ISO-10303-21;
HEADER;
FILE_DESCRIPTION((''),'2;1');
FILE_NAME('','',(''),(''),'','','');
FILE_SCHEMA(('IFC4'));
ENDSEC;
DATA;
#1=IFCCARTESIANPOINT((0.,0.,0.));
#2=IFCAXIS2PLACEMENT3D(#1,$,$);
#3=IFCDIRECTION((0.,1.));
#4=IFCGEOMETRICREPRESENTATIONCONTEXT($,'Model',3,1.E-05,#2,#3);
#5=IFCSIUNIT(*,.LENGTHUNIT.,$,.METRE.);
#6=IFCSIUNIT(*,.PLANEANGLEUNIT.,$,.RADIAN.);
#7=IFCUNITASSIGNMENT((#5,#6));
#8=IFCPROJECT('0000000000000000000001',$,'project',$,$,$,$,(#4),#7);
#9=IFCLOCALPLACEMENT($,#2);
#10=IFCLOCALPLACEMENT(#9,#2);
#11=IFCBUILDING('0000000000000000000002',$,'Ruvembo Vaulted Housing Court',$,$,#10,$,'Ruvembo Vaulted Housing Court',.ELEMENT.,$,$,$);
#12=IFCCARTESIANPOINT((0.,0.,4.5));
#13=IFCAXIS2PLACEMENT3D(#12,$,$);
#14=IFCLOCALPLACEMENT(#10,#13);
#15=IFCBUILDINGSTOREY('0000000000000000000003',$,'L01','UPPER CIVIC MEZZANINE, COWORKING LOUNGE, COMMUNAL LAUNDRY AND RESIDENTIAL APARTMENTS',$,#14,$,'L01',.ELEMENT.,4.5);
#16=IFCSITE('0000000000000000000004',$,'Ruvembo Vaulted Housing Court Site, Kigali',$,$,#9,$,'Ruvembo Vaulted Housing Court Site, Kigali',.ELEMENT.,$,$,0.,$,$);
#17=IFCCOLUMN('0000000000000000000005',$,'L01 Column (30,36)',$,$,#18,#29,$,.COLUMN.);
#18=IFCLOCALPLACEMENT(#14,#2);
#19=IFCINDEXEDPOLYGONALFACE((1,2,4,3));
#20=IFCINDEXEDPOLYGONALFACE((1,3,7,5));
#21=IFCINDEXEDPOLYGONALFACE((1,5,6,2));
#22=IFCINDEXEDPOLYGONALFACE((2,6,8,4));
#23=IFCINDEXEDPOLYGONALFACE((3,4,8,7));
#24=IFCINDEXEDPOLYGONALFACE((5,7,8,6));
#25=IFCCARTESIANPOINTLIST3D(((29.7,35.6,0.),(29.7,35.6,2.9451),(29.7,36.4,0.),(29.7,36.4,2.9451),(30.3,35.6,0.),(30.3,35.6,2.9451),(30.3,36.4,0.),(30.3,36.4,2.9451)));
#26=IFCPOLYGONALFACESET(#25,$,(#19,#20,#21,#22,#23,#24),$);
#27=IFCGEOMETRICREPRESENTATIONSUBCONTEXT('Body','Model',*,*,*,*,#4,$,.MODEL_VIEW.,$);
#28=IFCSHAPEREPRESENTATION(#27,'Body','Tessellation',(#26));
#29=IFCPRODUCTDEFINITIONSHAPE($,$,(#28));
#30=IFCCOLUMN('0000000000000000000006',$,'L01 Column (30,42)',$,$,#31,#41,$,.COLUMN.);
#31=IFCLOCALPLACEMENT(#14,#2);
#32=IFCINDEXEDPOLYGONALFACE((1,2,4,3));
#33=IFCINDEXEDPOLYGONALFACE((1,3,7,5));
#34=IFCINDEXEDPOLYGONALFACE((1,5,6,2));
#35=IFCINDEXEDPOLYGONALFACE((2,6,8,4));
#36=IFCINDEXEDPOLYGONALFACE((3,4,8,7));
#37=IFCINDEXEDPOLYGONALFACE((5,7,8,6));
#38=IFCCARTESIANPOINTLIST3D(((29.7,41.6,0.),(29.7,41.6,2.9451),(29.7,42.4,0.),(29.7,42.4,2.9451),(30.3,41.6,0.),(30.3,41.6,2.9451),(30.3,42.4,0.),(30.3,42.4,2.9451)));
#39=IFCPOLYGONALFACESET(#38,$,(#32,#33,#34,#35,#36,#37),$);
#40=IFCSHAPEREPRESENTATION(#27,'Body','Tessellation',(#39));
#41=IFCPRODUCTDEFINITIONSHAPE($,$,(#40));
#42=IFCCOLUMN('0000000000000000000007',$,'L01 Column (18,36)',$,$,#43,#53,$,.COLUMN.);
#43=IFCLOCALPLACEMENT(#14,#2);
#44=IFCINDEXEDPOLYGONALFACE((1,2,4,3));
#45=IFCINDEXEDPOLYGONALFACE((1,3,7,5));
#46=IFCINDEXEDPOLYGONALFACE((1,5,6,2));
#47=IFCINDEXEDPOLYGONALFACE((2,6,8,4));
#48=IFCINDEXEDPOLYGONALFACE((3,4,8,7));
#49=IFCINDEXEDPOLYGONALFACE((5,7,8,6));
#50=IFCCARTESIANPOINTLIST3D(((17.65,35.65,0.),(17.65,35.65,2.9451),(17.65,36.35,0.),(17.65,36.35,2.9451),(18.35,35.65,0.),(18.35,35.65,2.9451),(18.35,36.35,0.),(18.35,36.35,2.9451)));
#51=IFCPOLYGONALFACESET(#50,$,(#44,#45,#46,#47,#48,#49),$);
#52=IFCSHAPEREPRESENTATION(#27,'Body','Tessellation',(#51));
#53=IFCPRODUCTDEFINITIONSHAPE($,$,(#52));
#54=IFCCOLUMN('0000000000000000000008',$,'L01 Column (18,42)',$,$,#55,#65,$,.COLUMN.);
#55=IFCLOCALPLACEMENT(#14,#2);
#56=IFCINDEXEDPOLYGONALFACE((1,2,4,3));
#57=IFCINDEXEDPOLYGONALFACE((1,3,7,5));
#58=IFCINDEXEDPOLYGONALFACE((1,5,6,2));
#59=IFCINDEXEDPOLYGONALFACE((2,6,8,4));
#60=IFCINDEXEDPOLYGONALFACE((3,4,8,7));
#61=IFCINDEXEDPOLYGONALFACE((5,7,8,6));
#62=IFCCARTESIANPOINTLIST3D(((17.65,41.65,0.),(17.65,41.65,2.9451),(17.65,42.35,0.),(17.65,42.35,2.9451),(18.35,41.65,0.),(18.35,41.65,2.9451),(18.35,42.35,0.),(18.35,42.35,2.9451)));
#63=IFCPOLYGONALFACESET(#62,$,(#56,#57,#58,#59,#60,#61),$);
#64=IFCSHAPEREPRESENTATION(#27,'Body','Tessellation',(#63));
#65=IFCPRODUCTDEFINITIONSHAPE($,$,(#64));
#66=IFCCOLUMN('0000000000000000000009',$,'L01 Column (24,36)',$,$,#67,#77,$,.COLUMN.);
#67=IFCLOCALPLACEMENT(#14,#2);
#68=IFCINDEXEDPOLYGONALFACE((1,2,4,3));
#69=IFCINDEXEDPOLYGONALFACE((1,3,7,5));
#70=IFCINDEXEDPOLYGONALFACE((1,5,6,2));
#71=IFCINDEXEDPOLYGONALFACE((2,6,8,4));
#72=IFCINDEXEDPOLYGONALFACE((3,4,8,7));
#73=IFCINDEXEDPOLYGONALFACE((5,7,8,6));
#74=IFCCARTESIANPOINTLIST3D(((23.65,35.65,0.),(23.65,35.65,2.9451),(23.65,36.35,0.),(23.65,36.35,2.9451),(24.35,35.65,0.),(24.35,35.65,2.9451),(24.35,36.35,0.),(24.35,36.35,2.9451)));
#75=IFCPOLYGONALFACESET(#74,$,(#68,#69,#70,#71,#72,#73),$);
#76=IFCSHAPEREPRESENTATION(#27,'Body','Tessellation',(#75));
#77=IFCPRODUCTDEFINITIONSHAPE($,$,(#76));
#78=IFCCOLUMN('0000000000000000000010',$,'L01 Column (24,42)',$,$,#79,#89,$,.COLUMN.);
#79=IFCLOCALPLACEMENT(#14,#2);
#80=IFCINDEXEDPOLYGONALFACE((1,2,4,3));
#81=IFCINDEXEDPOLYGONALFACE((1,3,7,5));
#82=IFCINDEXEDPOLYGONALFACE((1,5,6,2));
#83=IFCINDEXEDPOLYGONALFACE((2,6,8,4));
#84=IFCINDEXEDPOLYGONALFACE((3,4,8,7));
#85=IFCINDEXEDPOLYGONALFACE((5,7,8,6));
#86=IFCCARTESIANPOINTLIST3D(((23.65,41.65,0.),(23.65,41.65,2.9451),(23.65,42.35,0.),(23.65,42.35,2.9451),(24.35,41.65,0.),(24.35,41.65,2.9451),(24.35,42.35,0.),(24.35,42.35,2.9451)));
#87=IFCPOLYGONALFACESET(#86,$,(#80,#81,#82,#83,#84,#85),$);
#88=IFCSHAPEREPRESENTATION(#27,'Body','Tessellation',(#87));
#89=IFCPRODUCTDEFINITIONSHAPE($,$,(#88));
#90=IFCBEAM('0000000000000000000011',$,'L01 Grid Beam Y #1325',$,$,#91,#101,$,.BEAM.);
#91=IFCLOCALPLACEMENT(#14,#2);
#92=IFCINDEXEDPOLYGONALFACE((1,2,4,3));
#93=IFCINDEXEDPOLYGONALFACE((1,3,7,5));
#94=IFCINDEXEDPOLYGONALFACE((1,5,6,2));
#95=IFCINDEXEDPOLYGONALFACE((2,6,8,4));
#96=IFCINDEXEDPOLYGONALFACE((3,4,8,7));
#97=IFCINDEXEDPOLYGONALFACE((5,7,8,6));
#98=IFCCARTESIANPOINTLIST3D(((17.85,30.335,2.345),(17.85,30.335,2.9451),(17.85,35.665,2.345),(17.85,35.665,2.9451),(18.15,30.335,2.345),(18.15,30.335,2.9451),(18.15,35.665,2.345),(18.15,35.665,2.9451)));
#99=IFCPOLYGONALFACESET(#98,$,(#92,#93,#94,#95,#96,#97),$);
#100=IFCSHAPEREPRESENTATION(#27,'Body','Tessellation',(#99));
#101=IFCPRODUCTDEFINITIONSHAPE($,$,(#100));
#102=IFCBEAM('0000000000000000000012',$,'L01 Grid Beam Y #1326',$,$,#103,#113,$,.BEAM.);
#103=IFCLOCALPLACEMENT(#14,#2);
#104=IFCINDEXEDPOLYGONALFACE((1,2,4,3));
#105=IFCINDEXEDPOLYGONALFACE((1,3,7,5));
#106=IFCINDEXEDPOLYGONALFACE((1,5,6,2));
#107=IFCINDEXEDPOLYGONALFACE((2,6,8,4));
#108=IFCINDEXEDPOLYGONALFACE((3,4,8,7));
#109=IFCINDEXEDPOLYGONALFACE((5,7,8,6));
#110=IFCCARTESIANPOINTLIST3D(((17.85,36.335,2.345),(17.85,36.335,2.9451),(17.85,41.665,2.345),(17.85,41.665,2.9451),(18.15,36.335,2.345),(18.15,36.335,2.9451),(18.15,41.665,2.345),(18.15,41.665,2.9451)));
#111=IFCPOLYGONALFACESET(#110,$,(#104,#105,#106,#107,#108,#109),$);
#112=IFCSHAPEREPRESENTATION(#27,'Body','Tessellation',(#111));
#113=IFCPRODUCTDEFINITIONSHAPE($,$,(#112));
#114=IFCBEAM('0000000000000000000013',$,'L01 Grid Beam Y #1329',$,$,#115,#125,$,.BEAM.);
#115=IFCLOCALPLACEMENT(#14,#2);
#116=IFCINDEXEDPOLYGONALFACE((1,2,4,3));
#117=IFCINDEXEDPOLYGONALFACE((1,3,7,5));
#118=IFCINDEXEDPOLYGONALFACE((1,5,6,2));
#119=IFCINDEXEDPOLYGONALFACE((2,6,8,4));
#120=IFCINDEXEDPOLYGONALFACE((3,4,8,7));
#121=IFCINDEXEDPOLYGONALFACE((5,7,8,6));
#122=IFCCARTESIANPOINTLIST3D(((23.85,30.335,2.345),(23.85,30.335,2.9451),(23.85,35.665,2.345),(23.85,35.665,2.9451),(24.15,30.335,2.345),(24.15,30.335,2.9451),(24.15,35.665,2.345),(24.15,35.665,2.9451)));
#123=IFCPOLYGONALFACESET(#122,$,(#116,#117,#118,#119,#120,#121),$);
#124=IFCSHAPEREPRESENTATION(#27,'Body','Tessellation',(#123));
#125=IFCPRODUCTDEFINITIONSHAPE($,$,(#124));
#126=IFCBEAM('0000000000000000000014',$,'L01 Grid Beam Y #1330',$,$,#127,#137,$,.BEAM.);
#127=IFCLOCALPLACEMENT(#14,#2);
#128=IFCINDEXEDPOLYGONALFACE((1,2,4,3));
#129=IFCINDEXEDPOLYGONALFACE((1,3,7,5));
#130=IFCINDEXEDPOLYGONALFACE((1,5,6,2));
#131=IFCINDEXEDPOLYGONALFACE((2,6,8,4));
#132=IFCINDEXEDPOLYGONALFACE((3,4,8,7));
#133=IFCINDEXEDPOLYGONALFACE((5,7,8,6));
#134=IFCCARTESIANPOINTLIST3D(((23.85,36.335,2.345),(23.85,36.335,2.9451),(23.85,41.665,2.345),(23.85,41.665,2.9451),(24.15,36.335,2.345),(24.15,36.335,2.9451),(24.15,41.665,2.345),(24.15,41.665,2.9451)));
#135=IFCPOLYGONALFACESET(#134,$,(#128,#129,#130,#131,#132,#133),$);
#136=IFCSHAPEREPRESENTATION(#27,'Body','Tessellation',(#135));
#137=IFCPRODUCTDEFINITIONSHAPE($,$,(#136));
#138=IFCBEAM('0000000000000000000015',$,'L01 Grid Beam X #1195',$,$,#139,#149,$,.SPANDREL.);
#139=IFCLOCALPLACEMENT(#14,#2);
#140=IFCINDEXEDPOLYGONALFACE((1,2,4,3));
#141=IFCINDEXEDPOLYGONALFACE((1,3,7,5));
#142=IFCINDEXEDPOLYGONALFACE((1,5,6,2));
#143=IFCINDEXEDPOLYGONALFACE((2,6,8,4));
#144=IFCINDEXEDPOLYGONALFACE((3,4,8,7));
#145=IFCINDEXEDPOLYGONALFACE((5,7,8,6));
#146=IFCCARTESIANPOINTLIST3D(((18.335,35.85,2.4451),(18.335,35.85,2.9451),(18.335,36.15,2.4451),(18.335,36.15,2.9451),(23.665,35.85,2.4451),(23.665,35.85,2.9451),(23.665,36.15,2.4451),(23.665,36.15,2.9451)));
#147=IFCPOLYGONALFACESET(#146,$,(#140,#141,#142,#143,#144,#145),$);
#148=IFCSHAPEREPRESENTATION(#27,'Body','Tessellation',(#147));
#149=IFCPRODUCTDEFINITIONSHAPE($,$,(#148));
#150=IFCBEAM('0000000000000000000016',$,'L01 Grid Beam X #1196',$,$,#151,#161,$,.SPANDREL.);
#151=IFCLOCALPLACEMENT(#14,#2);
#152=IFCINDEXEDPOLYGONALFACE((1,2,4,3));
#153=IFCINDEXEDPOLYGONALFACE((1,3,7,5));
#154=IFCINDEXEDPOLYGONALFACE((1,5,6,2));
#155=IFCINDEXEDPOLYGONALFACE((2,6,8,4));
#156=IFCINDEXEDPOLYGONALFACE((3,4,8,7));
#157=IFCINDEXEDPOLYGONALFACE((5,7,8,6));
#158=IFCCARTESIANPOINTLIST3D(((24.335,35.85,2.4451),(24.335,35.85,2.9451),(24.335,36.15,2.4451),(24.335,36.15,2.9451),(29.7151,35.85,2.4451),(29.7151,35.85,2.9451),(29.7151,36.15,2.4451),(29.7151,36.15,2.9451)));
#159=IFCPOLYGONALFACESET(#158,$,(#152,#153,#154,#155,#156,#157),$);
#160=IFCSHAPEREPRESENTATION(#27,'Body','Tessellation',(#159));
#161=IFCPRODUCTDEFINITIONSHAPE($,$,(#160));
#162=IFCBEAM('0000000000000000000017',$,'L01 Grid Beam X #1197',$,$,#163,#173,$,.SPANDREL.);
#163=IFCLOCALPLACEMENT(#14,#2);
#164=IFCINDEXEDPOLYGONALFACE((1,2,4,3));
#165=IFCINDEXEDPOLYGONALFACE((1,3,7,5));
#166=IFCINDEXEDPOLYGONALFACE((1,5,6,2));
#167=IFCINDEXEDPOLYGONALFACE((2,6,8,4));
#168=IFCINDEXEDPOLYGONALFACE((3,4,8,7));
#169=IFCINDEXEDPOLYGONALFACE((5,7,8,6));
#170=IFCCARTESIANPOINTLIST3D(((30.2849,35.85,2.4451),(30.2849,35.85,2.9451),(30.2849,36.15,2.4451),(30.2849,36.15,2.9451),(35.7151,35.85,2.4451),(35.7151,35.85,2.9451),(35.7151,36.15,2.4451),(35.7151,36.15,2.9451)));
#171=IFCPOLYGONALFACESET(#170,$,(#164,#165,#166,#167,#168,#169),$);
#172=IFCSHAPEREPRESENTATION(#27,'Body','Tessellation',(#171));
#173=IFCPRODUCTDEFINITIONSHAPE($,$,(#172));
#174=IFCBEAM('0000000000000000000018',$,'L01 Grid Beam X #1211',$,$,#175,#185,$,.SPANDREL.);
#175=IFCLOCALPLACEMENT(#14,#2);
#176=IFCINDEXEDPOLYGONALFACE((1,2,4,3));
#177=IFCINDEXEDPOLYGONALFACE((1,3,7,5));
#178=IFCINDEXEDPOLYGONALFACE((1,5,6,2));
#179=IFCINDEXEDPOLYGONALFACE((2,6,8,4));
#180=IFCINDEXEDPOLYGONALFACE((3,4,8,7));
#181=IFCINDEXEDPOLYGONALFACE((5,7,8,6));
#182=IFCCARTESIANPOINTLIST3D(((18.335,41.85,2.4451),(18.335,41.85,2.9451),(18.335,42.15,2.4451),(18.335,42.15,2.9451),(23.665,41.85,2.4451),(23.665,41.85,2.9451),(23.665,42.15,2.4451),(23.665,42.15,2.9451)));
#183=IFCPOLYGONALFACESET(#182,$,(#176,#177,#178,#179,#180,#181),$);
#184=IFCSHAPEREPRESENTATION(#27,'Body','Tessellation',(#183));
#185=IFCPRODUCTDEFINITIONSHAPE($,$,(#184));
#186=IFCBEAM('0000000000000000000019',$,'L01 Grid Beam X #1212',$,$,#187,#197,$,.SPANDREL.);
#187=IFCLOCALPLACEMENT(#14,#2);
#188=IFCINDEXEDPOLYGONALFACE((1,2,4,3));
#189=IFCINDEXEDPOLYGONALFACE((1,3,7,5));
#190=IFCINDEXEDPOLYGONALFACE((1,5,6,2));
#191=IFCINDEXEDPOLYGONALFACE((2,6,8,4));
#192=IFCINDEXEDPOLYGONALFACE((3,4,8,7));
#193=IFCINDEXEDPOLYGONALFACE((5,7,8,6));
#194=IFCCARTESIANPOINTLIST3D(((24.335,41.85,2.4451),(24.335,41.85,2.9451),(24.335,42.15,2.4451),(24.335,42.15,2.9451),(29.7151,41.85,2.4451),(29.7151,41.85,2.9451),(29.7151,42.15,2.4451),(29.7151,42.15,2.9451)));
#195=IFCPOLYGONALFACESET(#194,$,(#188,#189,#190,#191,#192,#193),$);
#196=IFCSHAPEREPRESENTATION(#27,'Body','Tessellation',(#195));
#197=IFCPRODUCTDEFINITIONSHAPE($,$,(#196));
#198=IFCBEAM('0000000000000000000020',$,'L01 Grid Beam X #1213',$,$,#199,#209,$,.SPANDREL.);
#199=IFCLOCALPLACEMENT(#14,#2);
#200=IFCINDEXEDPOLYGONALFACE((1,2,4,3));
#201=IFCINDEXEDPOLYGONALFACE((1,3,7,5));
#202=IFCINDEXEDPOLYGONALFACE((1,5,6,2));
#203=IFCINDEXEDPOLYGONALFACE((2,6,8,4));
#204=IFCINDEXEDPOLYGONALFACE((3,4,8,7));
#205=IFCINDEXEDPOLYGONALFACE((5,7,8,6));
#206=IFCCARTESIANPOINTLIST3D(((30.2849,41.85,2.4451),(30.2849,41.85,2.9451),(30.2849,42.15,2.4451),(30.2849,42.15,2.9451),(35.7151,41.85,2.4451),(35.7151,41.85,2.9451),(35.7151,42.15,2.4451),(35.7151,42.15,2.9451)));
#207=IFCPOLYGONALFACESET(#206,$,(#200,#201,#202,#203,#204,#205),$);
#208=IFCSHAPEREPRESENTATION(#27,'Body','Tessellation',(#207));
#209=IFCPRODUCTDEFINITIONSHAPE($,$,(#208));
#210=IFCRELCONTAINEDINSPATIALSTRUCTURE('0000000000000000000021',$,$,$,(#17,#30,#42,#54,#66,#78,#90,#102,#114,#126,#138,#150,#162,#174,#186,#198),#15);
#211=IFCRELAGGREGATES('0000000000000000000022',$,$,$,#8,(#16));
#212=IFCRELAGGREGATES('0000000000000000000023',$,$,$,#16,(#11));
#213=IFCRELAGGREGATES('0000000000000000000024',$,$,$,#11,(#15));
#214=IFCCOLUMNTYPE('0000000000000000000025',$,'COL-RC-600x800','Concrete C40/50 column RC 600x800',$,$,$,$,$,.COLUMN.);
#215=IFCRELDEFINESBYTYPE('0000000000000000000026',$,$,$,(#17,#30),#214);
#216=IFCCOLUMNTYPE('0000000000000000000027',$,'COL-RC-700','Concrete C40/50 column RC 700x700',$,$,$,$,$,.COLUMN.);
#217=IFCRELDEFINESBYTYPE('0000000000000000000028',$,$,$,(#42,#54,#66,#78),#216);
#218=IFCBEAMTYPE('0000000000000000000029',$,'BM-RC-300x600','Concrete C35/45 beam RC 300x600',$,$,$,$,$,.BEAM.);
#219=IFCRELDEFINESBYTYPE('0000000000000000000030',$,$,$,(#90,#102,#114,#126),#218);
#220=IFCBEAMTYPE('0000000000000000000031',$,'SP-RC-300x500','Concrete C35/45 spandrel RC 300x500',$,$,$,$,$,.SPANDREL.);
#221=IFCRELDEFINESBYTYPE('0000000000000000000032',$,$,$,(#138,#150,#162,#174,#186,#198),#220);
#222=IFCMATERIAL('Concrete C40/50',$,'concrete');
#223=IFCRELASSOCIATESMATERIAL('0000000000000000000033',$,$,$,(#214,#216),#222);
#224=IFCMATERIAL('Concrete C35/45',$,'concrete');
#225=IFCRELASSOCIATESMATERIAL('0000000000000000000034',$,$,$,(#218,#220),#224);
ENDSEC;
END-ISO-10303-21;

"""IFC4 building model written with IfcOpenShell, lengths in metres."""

from ifc_helpers import new_model, si_unit, direction, frame, origin, origin_2d, place, context, subcontext, project, spatial, rectangle, extrude, material, material_profile, profile_set, type_object, element, save


model = new_model("IFC4")

# Units and contexts
model_context = context("Model", 3, precision=1e-05, world=origin(), true_north=direction((0.0, 1.0)))
body_context = subcontext(model_context, "Body", "Model", "MODEL_VIEW")
ifc_project = project(units=[si_unit("LENGTHUNIT", "METRE"), si_unit("PLANEANGLEUNIT", "RADIAN")], contexts=[model_context])

# Site, building, storey
site_placement = place(None, origin())
site = spatial("IfcSite", under=ifc_project, at=site_placement, Name="Ruvembo Vaulted Housing Court Site, Kigali", LongName="Ruvembo Vaulted Housing Court Site, Kigali", CompositionType="ELEMENT", RefElevation=0.0)
building_placement = place(site_placement, origin())
building = spatial("IfcBuilding", under=site, at=building_placement, Name="Ruvembo Vaulted Housing Court", LongName="Ruvembo Vaulted Housing Court", CompositionType="ELEMENT")
storey_placement = place(building_placement, frame((0.0, 0.0, 4.5)))
storey = spatial("IfcBuildingStorey", under=building, at=storey_placement, Name="L01", Description="UPPER CIVIC MEZZANINE, COWORKING LOUNGE, COMMUNAL LAUNDRY AND RESIDENTIAL APARTMENTS", LongName="L01", CompositionType="ELEMENT", Elevation=4.5)

# Columns
ifc_material_1 = material(Name="Concrete C40/50", Category="concrete")
ifc_material_profile_1 = material_profile(ifc_material_1, rectangle(XDim=0.6001, YDim=0.8, at=origin_2d()), Name="RC 600x800")
ifc_profile_set_1 = profile_set([ifc_material_profile_1], Name="Concrete C40/50")
column_type_1 = type_object("IfcColumnType", Name="COL-RC-600x800", Description="Concrete C40/50 column RC 600x800", PredefinedType="COLUMN", material=ifc_profile_set_1)
for number, where, z_axis, x_axis, name in (
    (1, (30.0, 36.0, 0.0), (0.0, 0.0, 1.0), (1.0, 0.0, 0.0), "L01 Column (30,36)"),
    (2, (30.0, 42.0, 0.0), (0.0, 0.0, 1.0), (1.0, 0.0, 0.0), "L01 Column (30,42)"),
):
    element("IfcColumn", number, at=place(storey_placement, frame(where, z_axis=z_axis, x_axis=x_axis)), inside=storey, type_object=column_type_1, Name=name, PredefinedType="COLUMN", context=body_context, shape_type="SweptSolid", body=[
        extrude(rectangle(XDim=0.6001, YDim=0.8, at=origin_2d()), origin(), (0.0, 0.0, 1.0), 2.9451),
    ])
ifc_material_profile_2 = material_profile(ifc_material_1, rectangle(XDim=0.7, YDim=0.7, at=origin_2d()), Name="RC 700x700")
ifc_profile_set_2 = profile_set([ifc_material_profile_2], Name="Concrete C40/50")
column_type_2 = type_object("IfcColumnType", Name="COL-RC-700", Description="Concrete C40/50 column RC 700x700", PredefinedType="COLUMN", material=ifc_profile_set_2)
for number, where, z_axis, x_axis, name in (
    (3, (18.0, 36.0, 0.0), (0.0, 0.0, 1.0), (1.0, 0.0, 0.0), "L01 Column (18,36)"),
    (4, (18.0, 42.0, 0.0), (0.0, 0.0, 1.0), (1.0, 0.0, 0.0), "L01 Column (18,42)"),
    (5, (24.0, 36.0, 0.0), (0.0, 0.0, 1.0), (1.0, 0.0, 0.0), "L01 Column (24,36)"),
    (6, (24.0, 42.0, 0.0), (0.0, 0.0, 1.0), (1.0, 0.0, 0.0), "L01 Column (24,42)"),
):
    element("IfcColumn", number, at=place(storey_placement, frame(where, z_axis=z_axis, x_axis=x_axis)), inside=storey, type_object=column_type_2, Name=name, PredefinedType="COLUMN", context=body_context, shape_type="SweptSolid", body=[
        extrude(rectangle(XDim=0.7, YDim=0.7, at=origin_2d()), origin(), (0.0, 0.0, 1.0), 2.9451),
    ])

# Beams
ifc_material_2 = material(Name="Concrete C35/45", Category="concrete")
ifc_material_profile_3 = material_profile(ifc_material_2, rectangle(XDim=0.3, YDim=0.6001, at=origin_2d()), Name="RC 300x600")
ifc_profile_set_3 = profile_set([ifc_material_profile_3], Name="Concrete C35/45")
beam_type_1 = type_object("IfcBeamType", Name="BM-RC-300x600", Description="Concrete C35/45 beam RC 300x600", PredefinedType="BEAM", material=ifc_profile_set_3)
for number, where, z_axis, x_axis, name in (
    (7, (18.0, 30.335, 2.645), (0.0, 1.0, 0.0), (-1.0, 0.0, 0.0), "L01 Grid Beam Y #1325"),
    (8, (18.0, 36.335, 2.645), (0.0, 1.0, 0.0), (-1.0, 0.0, 0.0), "L01 Grid Beam Y #1326"),
    (9, (24.0, 30.335, 2.645), (0.0, 1.0, 0.0), (-1.0, 0.0, 0.0), "L01 Grid Beam Y #1329"),
    (10, (24.0, 36.335, 2.645), (0.0, 1.0, 0.0), (-1.0, 0.0, 0.0), "L01 Grid Beam Y #1330"),
):
    element("IfcBeam", number, at=place(storey_placement, frame(where, z_axis=z_axis, x_axis=x_axis)), inside=storey, type_object=beam_type_1, Name=name, PredefinedType="BEAM", context=body_context, shape_type="SweptSolid", body=[
        extrude(rectangle(XDim=0.3, YDim=0.6001, at=origin_2d()), origin(), (0.0, 0.0, 1.0), 5.3301),
    ])
ifc_material_profile_4 = material_profile(ifc_material_2, rectangle(XDim=0.3, YDim=0.5, at=origin_2d()), Name="RC 300x500")
ifc_profile_set_4 = profile_set([ifc_material_profile_4], Name="Concrete C35/45")
beam_type_2 = type_object("IfcBeamType", Name="SP-RC-300x500", Description="Concrete C35/45 spandrel RC 300x500", PredefinedType="SPANDREL", material=ifc_profile_set_4)
beam_1_placement = place(storey_placement, frame((18.335, 36.0, 2.6951), z_axis=(1.0, 0.0, 0.0), x_axis=(0.0, 1.0, 0.0)))
element("IfcBeam", 11, at=beam_1_placement, inside=storey, type_object=beam_type_2, Name="L01 Grid Beam X #1195", PredefinedType="SPANDREL", context=body_context, shape_type="SweptSolid", body=[
    extrude(rectangle(XDim=0.3, YDim=0.5, at=origin_2d()), origin(), (0.0, 0.0, 1.0), 5.3301),
])
beam_2_placement = place(storey_placement, frame((24.335, 36.0, 2.6951), z_axis=(1.0, 0.0, 0.0), x_axis=(0.0, 1.0, 0.0)))
element("IfcBeam", 12, at=beam_2_placement, inside=storey, type_object=beam_type_2, Name="L01 Grid Beam X #1196", PredefinedType="SPANDREL", context=body_context, shape_type="SweptSolid", body=[
    extrude(rectangle(XDim=0.3, YDim=0.5, at=origin_2d()), origin(), (0.0, 0.0, 1.0), 5.3801),
])
beam_3_placement = place(storey_placement, frame((30.2849, 36.0, 2.6951), z_axis=(1.0, 0.0, 0.0), x_axis=(0.0, 1.0, 0.0)))
element("IfcBeam", 13, at=beam_3_placement, inside=storey, type_object=beam_type_2, Name="L01 Grid Beam X #1197", PredefinedType="SPANDREL", context=body_context, shape_type="SweptSolid", body=[
    extrude(rectangle(XDim=0.3, YDim=0.5, at=origin_2d()), origin(), (0.0, 0.0, 1.0), 5.4302),
])
beam_4_placement = place(storey_placement, frame((18.335, 42.0, 2.6951), z_axis=(1.0, 0.0, 0.0), x_axis=(0.0, 1.0, 0.0)))
element("IfcBeam", 14, at=beam_4_placement, inside=storey, type_object=beam_type_2, Name="L01 Grid Beam X #1211", PredefinedType="SPANDREL", context=body_context, shape_type="SweptSolid", body=[
    extrude(rectangle(XDim=0.3, YDim=0.5, at=origin_2d()), origin(), (0.0, 0.0, 1.0), 5.3301),
])
beam_5_placement = place(storey_placement, frame((24.335, 42.0, 2.6951), z_axis=(1.0, 0.0, 0.0), x_axis=(0.0, 1.0, 0.0)))
element("IfcBeam", 15, at=beam_5_placement, inside=storey, type_object=beam_type_2, Name="L01 Grid Beam X #1212", PredefinedType="SPANDREL", context=body_context, shape_type="SweptSolid", body=[
    extrude(rectangle(XDim=0.3, YDim=0.5, at=origin_2d()), origin(), (0.0, 0.0, 1.0), 5.3801),
])
beam_6_placement = place(storey_placement, frame((30.2849, 42.0, 2.6951), z_axis=(1.0, 0.0, 0.0), x_axis=(0.0, 1.0, 0.0)))
element("IfcBeam", 16, at=beam_6_placement, inside=storey, type_object=beam_type_2, Name="L01 Grid Beam X #1213", PredefinedType="SPANDREL", context=body_context, shape_type="SweptSolid", body=[
    extrude(rectangle(XDim=0.3, YDim=0.5, at=origin_2d()), origin(), (0.0, 0.0, 1.0), 5.4302),
])

save(model, "model.ifc")
